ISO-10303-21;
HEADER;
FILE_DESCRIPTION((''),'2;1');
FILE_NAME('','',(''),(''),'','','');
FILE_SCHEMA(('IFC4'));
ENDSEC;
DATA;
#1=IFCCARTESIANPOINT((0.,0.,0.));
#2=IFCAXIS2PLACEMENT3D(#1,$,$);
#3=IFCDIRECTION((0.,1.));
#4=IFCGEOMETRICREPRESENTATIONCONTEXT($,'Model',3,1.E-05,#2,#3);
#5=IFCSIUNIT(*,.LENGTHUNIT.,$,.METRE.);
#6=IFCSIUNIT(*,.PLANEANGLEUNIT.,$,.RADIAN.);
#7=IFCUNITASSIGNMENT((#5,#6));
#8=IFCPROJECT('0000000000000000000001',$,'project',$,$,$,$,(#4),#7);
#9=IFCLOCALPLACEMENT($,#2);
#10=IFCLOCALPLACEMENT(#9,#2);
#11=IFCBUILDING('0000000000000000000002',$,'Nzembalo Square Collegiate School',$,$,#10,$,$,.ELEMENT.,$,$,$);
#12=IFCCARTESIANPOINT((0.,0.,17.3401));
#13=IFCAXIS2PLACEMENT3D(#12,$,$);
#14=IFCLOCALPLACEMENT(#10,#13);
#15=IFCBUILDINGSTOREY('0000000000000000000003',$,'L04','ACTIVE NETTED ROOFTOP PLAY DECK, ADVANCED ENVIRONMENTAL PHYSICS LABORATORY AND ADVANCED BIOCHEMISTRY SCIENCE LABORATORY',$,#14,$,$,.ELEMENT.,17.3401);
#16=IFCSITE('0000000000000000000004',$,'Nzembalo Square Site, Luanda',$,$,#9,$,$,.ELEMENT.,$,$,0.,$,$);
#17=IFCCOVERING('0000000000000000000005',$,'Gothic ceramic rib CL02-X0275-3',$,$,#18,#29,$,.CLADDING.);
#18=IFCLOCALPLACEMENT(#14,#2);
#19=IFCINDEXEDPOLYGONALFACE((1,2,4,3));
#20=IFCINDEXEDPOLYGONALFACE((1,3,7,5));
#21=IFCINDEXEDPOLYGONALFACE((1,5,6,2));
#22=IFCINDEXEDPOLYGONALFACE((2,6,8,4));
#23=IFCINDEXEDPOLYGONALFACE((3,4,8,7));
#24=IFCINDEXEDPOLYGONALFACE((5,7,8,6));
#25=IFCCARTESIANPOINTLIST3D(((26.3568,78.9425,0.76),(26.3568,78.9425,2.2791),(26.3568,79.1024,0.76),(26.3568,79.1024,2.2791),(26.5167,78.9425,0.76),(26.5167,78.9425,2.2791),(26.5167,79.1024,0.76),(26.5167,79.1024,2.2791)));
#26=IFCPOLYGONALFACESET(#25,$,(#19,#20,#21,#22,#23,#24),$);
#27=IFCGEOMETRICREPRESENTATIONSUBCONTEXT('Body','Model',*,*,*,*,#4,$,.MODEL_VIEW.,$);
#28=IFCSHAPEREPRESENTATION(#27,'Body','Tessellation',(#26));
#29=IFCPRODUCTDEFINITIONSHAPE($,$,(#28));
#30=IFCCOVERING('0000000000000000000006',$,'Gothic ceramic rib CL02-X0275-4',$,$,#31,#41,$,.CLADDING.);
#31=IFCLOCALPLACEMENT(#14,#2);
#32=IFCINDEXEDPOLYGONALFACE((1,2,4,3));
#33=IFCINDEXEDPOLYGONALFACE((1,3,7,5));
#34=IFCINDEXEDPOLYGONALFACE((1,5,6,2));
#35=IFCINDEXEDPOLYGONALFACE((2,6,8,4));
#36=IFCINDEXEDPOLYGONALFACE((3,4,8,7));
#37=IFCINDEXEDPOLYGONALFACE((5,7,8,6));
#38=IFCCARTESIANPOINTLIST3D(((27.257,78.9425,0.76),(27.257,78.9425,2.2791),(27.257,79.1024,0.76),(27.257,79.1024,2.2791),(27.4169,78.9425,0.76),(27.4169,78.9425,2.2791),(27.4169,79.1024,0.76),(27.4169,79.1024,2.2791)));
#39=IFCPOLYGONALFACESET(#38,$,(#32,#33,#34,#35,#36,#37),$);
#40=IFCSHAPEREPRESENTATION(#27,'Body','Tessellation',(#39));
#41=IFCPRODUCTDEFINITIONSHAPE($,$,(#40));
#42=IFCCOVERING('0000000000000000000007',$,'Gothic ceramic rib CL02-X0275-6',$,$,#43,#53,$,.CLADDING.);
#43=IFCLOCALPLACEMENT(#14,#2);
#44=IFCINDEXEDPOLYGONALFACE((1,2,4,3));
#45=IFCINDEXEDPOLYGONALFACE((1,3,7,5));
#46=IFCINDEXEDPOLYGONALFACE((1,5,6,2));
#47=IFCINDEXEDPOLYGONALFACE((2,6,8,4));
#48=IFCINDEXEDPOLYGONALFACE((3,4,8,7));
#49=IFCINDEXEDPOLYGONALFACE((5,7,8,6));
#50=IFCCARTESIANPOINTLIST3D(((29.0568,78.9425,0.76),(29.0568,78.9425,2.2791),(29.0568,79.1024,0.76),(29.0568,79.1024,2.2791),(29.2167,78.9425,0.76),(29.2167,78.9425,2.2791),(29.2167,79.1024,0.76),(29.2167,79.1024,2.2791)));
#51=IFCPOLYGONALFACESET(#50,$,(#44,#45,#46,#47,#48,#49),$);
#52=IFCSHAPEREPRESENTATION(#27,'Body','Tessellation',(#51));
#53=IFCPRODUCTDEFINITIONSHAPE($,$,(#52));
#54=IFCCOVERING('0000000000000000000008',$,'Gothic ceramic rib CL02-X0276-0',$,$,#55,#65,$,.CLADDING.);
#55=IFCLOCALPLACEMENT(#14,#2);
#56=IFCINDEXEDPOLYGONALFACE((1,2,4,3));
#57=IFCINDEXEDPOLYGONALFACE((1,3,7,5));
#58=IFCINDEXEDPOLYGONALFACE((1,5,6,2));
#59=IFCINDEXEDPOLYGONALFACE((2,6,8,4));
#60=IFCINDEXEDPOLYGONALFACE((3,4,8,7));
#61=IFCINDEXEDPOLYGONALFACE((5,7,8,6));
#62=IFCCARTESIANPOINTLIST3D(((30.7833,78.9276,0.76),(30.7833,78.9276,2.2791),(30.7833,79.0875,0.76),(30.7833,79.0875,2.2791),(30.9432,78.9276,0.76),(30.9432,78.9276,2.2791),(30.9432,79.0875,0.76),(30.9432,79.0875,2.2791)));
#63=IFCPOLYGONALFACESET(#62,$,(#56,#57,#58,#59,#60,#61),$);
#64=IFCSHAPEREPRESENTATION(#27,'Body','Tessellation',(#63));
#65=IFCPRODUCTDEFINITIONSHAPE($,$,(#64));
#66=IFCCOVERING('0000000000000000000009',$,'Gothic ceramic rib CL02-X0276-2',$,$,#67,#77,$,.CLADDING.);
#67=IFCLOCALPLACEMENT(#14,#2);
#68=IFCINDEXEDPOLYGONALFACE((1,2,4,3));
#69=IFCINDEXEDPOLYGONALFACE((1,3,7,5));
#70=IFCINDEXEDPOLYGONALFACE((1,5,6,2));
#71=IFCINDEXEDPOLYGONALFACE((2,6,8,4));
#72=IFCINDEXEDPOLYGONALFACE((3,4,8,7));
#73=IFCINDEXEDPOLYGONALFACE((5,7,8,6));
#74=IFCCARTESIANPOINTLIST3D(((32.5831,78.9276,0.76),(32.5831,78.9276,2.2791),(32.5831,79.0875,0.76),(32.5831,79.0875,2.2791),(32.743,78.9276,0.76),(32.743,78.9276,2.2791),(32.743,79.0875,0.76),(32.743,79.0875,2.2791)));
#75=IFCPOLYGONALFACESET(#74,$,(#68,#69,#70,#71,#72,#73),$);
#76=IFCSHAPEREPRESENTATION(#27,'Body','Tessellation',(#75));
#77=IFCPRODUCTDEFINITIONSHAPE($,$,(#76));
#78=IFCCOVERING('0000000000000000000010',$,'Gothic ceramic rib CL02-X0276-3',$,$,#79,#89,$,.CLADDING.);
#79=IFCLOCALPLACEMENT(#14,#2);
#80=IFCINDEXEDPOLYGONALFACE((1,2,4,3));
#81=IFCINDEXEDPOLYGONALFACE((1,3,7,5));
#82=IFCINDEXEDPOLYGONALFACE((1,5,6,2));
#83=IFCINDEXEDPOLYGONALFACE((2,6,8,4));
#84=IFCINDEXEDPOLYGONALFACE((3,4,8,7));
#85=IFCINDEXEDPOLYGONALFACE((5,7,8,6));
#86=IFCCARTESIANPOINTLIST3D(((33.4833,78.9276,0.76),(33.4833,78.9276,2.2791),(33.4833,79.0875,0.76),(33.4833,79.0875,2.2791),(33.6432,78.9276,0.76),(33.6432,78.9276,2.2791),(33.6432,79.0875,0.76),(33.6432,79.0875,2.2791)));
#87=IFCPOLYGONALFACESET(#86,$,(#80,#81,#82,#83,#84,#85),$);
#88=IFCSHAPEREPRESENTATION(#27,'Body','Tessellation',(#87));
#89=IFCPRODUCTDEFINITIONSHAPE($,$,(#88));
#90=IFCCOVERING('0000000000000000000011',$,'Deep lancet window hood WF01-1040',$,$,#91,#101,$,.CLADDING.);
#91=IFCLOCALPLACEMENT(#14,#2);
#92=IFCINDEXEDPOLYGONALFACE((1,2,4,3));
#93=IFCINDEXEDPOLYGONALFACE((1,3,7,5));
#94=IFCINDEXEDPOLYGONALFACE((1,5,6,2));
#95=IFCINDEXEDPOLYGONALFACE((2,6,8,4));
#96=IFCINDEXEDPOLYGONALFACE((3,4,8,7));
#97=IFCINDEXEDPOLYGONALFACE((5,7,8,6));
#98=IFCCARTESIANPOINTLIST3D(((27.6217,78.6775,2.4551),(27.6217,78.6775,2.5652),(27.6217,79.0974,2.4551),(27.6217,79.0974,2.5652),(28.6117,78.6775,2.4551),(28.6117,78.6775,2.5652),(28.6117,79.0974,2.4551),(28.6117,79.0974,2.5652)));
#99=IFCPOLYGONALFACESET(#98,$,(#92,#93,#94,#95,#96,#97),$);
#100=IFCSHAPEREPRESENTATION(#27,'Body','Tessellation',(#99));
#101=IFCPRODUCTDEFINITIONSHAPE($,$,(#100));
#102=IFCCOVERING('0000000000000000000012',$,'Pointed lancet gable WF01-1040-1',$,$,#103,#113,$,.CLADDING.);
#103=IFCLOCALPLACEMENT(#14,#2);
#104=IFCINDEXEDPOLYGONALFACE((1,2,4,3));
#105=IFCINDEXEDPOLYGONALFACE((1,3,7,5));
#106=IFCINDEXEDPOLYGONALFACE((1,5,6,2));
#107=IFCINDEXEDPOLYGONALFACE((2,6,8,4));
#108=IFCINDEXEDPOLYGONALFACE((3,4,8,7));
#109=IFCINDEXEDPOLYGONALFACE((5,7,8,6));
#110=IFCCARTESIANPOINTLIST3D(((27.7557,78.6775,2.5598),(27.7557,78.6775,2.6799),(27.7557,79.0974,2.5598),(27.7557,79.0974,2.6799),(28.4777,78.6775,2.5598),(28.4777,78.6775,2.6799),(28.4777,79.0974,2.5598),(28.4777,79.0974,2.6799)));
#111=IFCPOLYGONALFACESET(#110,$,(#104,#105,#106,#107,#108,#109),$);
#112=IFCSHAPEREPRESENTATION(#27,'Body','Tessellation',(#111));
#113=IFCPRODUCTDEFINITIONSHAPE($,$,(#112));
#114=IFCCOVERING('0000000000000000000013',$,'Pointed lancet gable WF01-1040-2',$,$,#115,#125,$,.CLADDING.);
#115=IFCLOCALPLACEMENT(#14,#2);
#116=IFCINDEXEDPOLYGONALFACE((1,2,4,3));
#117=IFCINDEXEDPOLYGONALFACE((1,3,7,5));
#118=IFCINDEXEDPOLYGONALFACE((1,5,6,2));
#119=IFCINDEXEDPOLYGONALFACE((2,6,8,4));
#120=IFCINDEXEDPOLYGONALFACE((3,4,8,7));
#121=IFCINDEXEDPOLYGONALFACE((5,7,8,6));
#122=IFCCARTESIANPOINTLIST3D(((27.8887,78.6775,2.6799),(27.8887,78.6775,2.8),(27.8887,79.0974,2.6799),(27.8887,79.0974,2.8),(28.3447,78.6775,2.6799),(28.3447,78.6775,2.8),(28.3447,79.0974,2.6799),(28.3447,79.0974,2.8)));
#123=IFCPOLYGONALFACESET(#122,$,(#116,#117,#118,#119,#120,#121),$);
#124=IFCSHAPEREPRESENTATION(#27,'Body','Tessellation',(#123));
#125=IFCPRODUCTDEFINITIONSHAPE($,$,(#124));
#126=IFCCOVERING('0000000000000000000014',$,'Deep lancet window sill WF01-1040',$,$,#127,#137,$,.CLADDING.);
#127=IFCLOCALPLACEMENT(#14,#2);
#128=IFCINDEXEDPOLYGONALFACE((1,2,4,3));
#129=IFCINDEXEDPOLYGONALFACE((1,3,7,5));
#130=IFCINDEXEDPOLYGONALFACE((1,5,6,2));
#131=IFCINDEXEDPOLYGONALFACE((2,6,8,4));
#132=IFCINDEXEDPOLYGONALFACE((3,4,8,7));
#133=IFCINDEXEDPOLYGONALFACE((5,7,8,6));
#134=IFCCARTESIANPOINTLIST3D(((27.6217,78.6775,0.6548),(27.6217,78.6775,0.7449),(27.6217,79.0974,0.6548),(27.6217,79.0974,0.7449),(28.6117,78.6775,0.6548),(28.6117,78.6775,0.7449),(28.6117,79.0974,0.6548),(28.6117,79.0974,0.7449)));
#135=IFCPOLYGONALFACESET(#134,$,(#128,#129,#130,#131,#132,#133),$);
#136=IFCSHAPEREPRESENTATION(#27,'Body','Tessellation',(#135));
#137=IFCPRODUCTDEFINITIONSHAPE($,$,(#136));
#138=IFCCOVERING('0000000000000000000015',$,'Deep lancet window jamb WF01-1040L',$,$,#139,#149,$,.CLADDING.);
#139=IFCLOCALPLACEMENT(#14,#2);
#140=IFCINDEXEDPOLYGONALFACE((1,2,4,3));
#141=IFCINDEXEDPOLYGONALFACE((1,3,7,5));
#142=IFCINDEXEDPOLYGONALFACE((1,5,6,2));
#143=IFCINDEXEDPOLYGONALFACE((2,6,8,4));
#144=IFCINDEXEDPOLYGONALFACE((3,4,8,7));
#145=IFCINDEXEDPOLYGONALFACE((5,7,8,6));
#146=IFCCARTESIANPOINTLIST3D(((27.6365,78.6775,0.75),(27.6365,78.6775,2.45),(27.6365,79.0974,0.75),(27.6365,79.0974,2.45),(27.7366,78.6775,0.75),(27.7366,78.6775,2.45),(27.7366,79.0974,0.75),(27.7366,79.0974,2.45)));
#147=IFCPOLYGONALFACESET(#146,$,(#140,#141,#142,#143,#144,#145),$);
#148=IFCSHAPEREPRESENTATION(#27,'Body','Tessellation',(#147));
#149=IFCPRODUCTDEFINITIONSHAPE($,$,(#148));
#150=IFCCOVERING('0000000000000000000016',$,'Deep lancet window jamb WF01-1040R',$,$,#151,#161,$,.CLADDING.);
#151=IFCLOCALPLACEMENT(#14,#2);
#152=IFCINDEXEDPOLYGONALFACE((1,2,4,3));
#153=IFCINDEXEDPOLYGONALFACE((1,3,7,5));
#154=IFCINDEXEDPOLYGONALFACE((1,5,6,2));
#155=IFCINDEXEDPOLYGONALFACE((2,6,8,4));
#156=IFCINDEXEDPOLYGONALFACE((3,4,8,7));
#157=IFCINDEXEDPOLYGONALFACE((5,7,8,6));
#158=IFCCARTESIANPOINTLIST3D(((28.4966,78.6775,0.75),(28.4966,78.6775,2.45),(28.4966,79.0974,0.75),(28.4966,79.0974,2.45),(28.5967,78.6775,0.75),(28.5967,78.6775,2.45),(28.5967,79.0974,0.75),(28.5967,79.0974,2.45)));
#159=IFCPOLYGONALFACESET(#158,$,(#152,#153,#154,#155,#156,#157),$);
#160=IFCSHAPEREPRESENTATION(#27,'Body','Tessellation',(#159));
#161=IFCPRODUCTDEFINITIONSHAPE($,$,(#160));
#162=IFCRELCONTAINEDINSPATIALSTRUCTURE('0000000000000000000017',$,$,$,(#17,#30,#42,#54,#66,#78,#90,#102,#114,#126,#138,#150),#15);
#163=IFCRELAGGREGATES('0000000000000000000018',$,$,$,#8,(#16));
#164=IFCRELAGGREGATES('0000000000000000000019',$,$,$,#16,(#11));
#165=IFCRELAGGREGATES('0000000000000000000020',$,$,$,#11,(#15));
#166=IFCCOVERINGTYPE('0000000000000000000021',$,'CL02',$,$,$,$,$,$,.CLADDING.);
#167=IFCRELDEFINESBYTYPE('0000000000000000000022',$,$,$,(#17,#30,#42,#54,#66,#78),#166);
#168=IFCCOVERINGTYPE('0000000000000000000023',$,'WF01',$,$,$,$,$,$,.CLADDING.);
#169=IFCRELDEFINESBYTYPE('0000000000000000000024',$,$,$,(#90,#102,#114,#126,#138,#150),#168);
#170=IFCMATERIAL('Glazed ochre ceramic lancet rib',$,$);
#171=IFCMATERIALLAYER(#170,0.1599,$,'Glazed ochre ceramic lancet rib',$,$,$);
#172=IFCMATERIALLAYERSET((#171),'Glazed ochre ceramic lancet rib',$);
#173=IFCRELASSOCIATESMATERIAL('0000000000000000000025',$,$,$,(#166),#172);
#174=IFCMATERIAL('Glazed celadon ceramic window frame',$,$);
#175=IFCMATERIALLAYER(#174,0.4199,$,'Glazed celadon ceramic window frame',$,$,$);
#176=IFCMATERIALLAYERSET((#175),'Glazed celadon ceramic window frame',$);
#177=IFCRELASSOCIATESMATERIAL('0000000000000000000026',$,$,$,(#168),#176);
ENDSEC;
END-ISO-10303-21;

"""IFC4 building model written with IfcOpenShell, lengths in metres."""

from ifc_helpers import new_model, si_unit, direction, frame, origin, origin_2d, place, context, subcontext, project, spatial, rectangle, extrude, material, layer, layer_set, type_object, element, save


model = new_model("IFC4")

# Units and contexts
model_context = context("Model", 3, precision=1e-05, world=origin(), true_north=direction((0.0, 1.0)))
body_context = subcontext(model_context, "Body", "Model", "MODEL_VIEW")
ifc_project = project(units=[si_unit("LENGTHUNIT", "METRE"), si_unit("PLANEANGLEUNIT", "RADIAN")], contexts=[model_context])

# Site, building, storey
site_placement = place(None, origin())
site = spatial("IfcSite", under=ifc_project, at=site_placement, Name="Nzembalo Square Site, Luanda", CompositionType="ELEMENT", RefElevation=0.0)
building_placement = place(site_placement, origin())
building = spatial("IfcBuilding", under=site, at=building_placement, Name="Nzembalo Square Collegiate School", CompositionType="ELEMENT")
storey_placement = place(building_placement, frame((0.0, 0.0, 17.3401)))
storey = spatial("IfcBuildingStorey", under=building, at=storey_placement, Name="L04", Description="ACTIVE NETTED ROOFTOP PLAY DECK, ADVANCED ENVIRONMENTAL PHYSICS LABORATORY AND ADVANCED BIOCHEMISTRY SCIENCE LABORATORY", CompositionType="ELEMENT", Elevation=17.3401)

# Coverings
ifc_material_1 = material(Name="Glazed ochre ceramic lancet rib")
ifc_layer_1 = layer(ifc_material_1, 0.1599, Name="Glazed ochre ceramic lancet rib")
ifc_layer_set_1 = layer_set([ifc_layer_1], Name="Glazed ochre ceramic lancet rib")
covering_type_1 = type_object("IfcCoveringType", Name="CL02", PredefinedType="CLADDING", material=ifc_layer_set_1)
for number, where, z_axis, x_axis, name in (
    (1, (26.4368, 79.0225, 0.76), (0.0, 0.0, 1.0), (1.0, 0.0, 0.0), "Gothic ceramic rib CL02-X0275-3"),
    (2, (27.3369, 79.0225, 0.76), (0.0, 0.0, 1.0), (1.0, 0.0, 0.0), "Gothic ceramic rib CL02-X0275-4"),
    (3, (29.1367, 79.0225, 0.76), (0.0, 0.0, 1.0), (1.0, 0.0, 0.0), "Gothic ceramic rib CL02-X0275-6"),
    (4, (30.8633, 79.0076, 0.76), (0.0, 0.0, 1.0), (1.0, 0.0, 0.0), "Gothic ceramic rib CL02-X0276-0"),
    (5, (32.6631, 79.0076, 0.76), (0.0, 0.0, 1.0), (1.0, 0.0, 0.0), "Gothic ceramic rib CL02-X0276-2"),
    (6, (33.5632, 79.0076, 0.76), (0.0, 0.0, 1.0), (1.0, 0.0, 0.0), "Gothic ceramic rib CL02-X0276-3"),
):
    element("IfcCovering", number, at=place(storey_placement, frame(where, z_axis=z_axis, x_axis=x_axis)), inside=storey, type_object=covering_type_1, Name=name, PredefinedType="CLADDING", context=body_context, shape_type="SweptSolid", body=[
        extrude(rectangle(XDim=0.1599, YDim=0.1599, at=origin_2d()), origin(), (0.0, 0.0, 1.0), 1.519),
    ])
ifc_material_2 = material(Name="Glazed celadon ceramic window frame")
ifc_layer_2 = layer(ifc_material_2, 0.4199, Name="Glazed celadon ceramic window frame")
ifc_layer_set_2 = layer_set([ifc_layer_2], Name="Glazed celadon ceramic window frame")
covering_type_2 = type_object("IfcCoveringType", Name="WF01", PredefinedType="CLADDING", material=ifc_layer_set_2)
covering_1_placement = place(storey_placement, frame((28.1167, 78.8875, 2.4551), z_axis=(0.0, 0.0, 1.0), x_axis=(1.0, 0.0, 0.0)))
element("IfcCovering", 7, at=covering_1_placement, inside=storey, type_object=covering_type_2, Name="Deep lancet window hood WF01-1040", PredefinedType="CLADDING", context=body_context, shape_type="SweptSolid", body=[
    extrude(rectangle(XDim=0.99, YDim=0.4199, at=origin_2d()), origin(), (0.0, 0.0, 1.0), 0.1101),
])
covering_2_placement = place(storey_placement, frame((28.1167, 78.8875, 2.5598), z_axis=(0.0, 0.0, 1.0), x_axis=(1.0, 0.0, 0.0)))
element("IfcCovering", 8, at=covering_2_placement, inside=storey, type_object=covering_type_2, Name="Pointed lancet gable WF01-1040-1", PredefinedType="CLADDING", context=body_context, shape_type="SweptSolid", body=[
    extrude(rectangle(XDim=0.7219, YDim=0.4199, at=origin_2d()), origin(), (0.0, 0.0, 1.0), 0.1201),
])
covering_3_placement = place(storey_placement, frame((28.1167, 78.8875, 2.6799), z_axis=(0.0, 0.0, 1.0), x_axis=(1.0, 0.0, 0.0)))
element("IfcCovering", 9, at=covering_3_placement, inside=storey, type_object=covering_type_2, Name="Pointed lancet gable WF01-1040-2", PredefinedType="CLADDING", context=body_context, shape_type="SweptSolid", body=[
    extrude(rectangle(XDim=0.4561, YDim=0.4199, at=origin_2d()), origin(), (0.0, 0.0, 1.0), 0.1201),
])
covering_4_placement = place(storey_placement, frame((28.1167, 78.8875, 0.6548), z_axis=(0.0, 0.0, 1.0), x_axis=(1.0, 0.0, 0.0)))
element("IfcCovering", 10, at=covering_4_placement, inside=storey, type_object=covering_type_2, Name="Deep lancet window sill WF01-1040", PredefinedType="CLADDING", context=body_context, shape_type="SweptSolid", body=[
    extrude(rectangle(XDim=0.99, YDim=0.4199, at=origin_2d()), origin(), (0.0, 0.0, 1.0), 0.0901),
])
for number, where, z_axis, x_axis, name in (
    (11, (27.6865, 78.8875, 0.75), (0.0, 0.0, 1.0), (1.0, 0.0, 0.0), "Deep lancet window jamb WF01-1040L"),
    (12, (28.5466, 78.8875, 0.75), (0.0, 0.0, 1.0), (1.0, 0.0, 0.0), "Deep lancet window jamb WF01-1040R"),
):
    element("IfcCovering", number, at=place(storey_placement, frame(where, z_axis=z_axis, x_axis=x_axis)), inside=storey, type_object=covering_type_2, Name=name, PredefinedType="CLADDING", context=body_context, shape_type="SweptSolid", body=[
        extrude(rectangle(XDim=0.1001, YDim=0.4199, at=origin_2d()), origin(), (0.0, 0.0, 1.0), 1.7),
    ])

save(model, "model.ifc")
